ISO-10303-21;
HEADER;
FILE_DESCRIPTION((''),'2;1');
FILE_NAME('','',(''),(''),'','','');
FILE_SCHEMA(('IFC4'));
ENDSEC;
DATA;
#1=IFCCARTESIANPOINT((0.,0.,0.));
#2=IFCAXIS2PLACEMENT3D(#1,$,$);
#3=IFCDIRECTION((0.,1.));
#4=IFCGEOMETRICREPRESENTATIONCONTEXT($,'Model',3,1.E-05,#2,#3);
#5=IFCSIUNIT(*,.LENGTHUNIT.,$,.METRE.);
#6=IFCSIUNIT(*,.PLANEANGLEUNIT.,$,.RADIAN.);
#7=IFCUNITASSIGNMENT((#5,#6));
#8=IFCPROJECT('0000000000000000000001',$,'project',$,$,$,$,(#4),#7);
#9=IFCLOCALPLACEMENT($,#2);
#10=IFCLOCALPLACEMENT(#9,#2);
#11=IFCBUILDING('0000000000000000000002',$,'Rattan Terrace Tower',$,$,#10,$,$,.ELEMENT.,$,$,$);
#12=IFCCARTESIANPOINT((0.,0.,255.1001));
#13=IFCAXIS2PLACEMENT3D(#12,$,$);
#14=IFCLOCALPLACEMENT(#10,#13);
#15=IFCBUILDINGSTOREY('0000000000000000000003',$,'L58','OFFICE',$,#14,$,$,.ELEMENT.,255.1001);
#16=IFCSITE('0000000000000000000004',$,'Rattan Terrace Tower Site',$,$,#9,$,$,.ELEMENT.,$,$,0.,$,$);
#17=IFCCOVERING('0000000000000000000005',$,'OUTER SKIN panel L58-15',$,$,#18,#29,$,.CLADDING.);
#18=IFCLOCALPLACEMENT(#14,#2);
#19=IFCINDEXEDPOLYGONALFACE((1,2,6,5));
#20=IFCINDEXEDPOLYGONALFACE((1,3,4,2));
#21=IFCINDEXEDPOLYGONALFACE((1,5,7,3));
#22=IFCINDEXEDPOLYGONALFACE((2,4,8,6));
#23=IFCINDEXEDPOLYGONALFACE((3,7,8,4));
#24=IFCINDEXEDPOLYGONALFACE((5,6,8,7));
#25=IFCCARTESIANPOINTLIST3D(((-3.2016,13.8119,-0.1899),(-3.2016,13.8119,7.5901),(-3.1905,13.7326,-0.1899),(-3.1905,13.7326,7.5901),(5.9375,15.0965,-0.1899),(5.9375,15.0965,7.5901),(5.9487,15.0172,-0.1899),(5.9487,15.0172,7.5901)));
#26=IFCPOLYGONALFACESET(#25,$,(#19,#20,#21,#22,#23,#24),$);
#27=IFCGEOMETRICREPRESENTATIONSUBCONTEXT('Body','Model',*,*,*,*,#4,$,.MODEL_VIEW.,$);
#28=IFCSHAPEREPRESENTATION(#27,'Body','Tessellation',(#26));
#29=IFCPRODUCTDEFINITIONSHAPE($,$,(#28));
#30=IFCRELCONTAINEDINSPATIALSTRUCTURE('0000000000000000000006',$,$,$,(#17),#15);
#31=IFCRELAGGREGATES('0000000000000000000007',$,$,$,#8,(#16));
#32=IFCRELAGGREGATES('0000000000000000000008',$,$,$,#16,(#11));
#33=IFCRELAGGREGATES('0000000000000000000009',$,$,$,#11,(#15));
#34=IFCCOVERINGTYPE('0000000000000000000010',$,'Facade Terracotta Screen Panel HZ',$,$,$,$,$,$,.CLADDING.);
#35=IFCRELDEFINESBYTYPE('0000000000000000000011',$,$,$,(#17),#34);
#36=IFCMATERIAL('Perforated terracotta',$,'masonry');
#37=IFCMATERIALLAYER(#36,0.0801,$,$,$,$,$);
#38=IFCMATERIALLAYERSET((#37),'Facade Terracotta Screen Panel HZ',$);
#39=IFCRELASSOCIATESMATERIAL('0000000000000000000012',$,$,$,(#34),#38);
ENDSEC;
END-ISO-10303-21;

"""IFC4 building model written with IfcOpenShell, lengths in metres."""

from ifc_helpers import new_model, si_unit, direction, frame, origin, origin_2d, place, context, subcontext, project, spatial, rectangle, extrude, material, layer, layer_set, type_object, element, save


model = new_model("IFC4")

# Units and contexts
model_context = context("Model", 3, precision=1e-05, world=origin(), true_north=direction((0.0, 1.0)))
body_context = subcontext(model_context, "Body", "Model", "MODEL_VIEW")
ifc_project = project(units=[si_unit("LENGTHUNIT", "METRE"), si_unit("PLANEANGLEUNIT", "RADIAN")], contexts=[model_context])

# Site, building, storey
site_placement = place(None, origin())
site = spatial("IfcSite", under=ifc_project, at=site_placement, Name="Rattan Terrace Tower Site", CompositionType="ELEMENT", RefElevation=0.0)
building_placement = place(site_placement, origin())
building = spatial("IfcBuilding", under=site, at=building_placement, Name="Rattan Terrace Tower", CompositionType="ELEMENT")
storey_placement = place(building_placement, frame((0.0, 0.0, 255.1001)))
storey = spatial("IfcBuildingStorey", under=building, at=storey_placement, Name="L58", Description="OFFICE", CompositionType="ELEMENT", Elevation=255.1001)

# Covering
ifc_material_1 = material(Name="Perforated terracotta", Category="masonry")
ifc_layer_1 = layer(ifc_material_1, 0.0801)
ifc_layer_set_1 = layer_set([ifc_layer_1], Name="Facade Terracotta Screen Panel HZ")
covering_type = type_object("IfcCoveringType", Name="Facade Terracotta Screen Panel HZ", PredefinedType="CLADDING", material=ifc_layer_set_1)
covering_1_placement = place(storey_placement, frame((1.3735, 14.4146, -0.1899), z_axis=(0.0, 0.0, 1.0), x_axis=(-0.990266, -0.139189, 0.0)))
element("IfcCovering", 1, at=covering_1_placement, inside=storey, type_object=covering_type, Name="OUTER SKIN panel L58-15", PredefinedType="CLADDING", context=body_context, shape_type="SweptSolid", body=[
    extrude(rectangle(XDim=9.229, YDim=0.0801, at=origin_2d()), origin(), (0.0, 0.0, 1.0), 7.78),
])

save(model, "model.ifc")
